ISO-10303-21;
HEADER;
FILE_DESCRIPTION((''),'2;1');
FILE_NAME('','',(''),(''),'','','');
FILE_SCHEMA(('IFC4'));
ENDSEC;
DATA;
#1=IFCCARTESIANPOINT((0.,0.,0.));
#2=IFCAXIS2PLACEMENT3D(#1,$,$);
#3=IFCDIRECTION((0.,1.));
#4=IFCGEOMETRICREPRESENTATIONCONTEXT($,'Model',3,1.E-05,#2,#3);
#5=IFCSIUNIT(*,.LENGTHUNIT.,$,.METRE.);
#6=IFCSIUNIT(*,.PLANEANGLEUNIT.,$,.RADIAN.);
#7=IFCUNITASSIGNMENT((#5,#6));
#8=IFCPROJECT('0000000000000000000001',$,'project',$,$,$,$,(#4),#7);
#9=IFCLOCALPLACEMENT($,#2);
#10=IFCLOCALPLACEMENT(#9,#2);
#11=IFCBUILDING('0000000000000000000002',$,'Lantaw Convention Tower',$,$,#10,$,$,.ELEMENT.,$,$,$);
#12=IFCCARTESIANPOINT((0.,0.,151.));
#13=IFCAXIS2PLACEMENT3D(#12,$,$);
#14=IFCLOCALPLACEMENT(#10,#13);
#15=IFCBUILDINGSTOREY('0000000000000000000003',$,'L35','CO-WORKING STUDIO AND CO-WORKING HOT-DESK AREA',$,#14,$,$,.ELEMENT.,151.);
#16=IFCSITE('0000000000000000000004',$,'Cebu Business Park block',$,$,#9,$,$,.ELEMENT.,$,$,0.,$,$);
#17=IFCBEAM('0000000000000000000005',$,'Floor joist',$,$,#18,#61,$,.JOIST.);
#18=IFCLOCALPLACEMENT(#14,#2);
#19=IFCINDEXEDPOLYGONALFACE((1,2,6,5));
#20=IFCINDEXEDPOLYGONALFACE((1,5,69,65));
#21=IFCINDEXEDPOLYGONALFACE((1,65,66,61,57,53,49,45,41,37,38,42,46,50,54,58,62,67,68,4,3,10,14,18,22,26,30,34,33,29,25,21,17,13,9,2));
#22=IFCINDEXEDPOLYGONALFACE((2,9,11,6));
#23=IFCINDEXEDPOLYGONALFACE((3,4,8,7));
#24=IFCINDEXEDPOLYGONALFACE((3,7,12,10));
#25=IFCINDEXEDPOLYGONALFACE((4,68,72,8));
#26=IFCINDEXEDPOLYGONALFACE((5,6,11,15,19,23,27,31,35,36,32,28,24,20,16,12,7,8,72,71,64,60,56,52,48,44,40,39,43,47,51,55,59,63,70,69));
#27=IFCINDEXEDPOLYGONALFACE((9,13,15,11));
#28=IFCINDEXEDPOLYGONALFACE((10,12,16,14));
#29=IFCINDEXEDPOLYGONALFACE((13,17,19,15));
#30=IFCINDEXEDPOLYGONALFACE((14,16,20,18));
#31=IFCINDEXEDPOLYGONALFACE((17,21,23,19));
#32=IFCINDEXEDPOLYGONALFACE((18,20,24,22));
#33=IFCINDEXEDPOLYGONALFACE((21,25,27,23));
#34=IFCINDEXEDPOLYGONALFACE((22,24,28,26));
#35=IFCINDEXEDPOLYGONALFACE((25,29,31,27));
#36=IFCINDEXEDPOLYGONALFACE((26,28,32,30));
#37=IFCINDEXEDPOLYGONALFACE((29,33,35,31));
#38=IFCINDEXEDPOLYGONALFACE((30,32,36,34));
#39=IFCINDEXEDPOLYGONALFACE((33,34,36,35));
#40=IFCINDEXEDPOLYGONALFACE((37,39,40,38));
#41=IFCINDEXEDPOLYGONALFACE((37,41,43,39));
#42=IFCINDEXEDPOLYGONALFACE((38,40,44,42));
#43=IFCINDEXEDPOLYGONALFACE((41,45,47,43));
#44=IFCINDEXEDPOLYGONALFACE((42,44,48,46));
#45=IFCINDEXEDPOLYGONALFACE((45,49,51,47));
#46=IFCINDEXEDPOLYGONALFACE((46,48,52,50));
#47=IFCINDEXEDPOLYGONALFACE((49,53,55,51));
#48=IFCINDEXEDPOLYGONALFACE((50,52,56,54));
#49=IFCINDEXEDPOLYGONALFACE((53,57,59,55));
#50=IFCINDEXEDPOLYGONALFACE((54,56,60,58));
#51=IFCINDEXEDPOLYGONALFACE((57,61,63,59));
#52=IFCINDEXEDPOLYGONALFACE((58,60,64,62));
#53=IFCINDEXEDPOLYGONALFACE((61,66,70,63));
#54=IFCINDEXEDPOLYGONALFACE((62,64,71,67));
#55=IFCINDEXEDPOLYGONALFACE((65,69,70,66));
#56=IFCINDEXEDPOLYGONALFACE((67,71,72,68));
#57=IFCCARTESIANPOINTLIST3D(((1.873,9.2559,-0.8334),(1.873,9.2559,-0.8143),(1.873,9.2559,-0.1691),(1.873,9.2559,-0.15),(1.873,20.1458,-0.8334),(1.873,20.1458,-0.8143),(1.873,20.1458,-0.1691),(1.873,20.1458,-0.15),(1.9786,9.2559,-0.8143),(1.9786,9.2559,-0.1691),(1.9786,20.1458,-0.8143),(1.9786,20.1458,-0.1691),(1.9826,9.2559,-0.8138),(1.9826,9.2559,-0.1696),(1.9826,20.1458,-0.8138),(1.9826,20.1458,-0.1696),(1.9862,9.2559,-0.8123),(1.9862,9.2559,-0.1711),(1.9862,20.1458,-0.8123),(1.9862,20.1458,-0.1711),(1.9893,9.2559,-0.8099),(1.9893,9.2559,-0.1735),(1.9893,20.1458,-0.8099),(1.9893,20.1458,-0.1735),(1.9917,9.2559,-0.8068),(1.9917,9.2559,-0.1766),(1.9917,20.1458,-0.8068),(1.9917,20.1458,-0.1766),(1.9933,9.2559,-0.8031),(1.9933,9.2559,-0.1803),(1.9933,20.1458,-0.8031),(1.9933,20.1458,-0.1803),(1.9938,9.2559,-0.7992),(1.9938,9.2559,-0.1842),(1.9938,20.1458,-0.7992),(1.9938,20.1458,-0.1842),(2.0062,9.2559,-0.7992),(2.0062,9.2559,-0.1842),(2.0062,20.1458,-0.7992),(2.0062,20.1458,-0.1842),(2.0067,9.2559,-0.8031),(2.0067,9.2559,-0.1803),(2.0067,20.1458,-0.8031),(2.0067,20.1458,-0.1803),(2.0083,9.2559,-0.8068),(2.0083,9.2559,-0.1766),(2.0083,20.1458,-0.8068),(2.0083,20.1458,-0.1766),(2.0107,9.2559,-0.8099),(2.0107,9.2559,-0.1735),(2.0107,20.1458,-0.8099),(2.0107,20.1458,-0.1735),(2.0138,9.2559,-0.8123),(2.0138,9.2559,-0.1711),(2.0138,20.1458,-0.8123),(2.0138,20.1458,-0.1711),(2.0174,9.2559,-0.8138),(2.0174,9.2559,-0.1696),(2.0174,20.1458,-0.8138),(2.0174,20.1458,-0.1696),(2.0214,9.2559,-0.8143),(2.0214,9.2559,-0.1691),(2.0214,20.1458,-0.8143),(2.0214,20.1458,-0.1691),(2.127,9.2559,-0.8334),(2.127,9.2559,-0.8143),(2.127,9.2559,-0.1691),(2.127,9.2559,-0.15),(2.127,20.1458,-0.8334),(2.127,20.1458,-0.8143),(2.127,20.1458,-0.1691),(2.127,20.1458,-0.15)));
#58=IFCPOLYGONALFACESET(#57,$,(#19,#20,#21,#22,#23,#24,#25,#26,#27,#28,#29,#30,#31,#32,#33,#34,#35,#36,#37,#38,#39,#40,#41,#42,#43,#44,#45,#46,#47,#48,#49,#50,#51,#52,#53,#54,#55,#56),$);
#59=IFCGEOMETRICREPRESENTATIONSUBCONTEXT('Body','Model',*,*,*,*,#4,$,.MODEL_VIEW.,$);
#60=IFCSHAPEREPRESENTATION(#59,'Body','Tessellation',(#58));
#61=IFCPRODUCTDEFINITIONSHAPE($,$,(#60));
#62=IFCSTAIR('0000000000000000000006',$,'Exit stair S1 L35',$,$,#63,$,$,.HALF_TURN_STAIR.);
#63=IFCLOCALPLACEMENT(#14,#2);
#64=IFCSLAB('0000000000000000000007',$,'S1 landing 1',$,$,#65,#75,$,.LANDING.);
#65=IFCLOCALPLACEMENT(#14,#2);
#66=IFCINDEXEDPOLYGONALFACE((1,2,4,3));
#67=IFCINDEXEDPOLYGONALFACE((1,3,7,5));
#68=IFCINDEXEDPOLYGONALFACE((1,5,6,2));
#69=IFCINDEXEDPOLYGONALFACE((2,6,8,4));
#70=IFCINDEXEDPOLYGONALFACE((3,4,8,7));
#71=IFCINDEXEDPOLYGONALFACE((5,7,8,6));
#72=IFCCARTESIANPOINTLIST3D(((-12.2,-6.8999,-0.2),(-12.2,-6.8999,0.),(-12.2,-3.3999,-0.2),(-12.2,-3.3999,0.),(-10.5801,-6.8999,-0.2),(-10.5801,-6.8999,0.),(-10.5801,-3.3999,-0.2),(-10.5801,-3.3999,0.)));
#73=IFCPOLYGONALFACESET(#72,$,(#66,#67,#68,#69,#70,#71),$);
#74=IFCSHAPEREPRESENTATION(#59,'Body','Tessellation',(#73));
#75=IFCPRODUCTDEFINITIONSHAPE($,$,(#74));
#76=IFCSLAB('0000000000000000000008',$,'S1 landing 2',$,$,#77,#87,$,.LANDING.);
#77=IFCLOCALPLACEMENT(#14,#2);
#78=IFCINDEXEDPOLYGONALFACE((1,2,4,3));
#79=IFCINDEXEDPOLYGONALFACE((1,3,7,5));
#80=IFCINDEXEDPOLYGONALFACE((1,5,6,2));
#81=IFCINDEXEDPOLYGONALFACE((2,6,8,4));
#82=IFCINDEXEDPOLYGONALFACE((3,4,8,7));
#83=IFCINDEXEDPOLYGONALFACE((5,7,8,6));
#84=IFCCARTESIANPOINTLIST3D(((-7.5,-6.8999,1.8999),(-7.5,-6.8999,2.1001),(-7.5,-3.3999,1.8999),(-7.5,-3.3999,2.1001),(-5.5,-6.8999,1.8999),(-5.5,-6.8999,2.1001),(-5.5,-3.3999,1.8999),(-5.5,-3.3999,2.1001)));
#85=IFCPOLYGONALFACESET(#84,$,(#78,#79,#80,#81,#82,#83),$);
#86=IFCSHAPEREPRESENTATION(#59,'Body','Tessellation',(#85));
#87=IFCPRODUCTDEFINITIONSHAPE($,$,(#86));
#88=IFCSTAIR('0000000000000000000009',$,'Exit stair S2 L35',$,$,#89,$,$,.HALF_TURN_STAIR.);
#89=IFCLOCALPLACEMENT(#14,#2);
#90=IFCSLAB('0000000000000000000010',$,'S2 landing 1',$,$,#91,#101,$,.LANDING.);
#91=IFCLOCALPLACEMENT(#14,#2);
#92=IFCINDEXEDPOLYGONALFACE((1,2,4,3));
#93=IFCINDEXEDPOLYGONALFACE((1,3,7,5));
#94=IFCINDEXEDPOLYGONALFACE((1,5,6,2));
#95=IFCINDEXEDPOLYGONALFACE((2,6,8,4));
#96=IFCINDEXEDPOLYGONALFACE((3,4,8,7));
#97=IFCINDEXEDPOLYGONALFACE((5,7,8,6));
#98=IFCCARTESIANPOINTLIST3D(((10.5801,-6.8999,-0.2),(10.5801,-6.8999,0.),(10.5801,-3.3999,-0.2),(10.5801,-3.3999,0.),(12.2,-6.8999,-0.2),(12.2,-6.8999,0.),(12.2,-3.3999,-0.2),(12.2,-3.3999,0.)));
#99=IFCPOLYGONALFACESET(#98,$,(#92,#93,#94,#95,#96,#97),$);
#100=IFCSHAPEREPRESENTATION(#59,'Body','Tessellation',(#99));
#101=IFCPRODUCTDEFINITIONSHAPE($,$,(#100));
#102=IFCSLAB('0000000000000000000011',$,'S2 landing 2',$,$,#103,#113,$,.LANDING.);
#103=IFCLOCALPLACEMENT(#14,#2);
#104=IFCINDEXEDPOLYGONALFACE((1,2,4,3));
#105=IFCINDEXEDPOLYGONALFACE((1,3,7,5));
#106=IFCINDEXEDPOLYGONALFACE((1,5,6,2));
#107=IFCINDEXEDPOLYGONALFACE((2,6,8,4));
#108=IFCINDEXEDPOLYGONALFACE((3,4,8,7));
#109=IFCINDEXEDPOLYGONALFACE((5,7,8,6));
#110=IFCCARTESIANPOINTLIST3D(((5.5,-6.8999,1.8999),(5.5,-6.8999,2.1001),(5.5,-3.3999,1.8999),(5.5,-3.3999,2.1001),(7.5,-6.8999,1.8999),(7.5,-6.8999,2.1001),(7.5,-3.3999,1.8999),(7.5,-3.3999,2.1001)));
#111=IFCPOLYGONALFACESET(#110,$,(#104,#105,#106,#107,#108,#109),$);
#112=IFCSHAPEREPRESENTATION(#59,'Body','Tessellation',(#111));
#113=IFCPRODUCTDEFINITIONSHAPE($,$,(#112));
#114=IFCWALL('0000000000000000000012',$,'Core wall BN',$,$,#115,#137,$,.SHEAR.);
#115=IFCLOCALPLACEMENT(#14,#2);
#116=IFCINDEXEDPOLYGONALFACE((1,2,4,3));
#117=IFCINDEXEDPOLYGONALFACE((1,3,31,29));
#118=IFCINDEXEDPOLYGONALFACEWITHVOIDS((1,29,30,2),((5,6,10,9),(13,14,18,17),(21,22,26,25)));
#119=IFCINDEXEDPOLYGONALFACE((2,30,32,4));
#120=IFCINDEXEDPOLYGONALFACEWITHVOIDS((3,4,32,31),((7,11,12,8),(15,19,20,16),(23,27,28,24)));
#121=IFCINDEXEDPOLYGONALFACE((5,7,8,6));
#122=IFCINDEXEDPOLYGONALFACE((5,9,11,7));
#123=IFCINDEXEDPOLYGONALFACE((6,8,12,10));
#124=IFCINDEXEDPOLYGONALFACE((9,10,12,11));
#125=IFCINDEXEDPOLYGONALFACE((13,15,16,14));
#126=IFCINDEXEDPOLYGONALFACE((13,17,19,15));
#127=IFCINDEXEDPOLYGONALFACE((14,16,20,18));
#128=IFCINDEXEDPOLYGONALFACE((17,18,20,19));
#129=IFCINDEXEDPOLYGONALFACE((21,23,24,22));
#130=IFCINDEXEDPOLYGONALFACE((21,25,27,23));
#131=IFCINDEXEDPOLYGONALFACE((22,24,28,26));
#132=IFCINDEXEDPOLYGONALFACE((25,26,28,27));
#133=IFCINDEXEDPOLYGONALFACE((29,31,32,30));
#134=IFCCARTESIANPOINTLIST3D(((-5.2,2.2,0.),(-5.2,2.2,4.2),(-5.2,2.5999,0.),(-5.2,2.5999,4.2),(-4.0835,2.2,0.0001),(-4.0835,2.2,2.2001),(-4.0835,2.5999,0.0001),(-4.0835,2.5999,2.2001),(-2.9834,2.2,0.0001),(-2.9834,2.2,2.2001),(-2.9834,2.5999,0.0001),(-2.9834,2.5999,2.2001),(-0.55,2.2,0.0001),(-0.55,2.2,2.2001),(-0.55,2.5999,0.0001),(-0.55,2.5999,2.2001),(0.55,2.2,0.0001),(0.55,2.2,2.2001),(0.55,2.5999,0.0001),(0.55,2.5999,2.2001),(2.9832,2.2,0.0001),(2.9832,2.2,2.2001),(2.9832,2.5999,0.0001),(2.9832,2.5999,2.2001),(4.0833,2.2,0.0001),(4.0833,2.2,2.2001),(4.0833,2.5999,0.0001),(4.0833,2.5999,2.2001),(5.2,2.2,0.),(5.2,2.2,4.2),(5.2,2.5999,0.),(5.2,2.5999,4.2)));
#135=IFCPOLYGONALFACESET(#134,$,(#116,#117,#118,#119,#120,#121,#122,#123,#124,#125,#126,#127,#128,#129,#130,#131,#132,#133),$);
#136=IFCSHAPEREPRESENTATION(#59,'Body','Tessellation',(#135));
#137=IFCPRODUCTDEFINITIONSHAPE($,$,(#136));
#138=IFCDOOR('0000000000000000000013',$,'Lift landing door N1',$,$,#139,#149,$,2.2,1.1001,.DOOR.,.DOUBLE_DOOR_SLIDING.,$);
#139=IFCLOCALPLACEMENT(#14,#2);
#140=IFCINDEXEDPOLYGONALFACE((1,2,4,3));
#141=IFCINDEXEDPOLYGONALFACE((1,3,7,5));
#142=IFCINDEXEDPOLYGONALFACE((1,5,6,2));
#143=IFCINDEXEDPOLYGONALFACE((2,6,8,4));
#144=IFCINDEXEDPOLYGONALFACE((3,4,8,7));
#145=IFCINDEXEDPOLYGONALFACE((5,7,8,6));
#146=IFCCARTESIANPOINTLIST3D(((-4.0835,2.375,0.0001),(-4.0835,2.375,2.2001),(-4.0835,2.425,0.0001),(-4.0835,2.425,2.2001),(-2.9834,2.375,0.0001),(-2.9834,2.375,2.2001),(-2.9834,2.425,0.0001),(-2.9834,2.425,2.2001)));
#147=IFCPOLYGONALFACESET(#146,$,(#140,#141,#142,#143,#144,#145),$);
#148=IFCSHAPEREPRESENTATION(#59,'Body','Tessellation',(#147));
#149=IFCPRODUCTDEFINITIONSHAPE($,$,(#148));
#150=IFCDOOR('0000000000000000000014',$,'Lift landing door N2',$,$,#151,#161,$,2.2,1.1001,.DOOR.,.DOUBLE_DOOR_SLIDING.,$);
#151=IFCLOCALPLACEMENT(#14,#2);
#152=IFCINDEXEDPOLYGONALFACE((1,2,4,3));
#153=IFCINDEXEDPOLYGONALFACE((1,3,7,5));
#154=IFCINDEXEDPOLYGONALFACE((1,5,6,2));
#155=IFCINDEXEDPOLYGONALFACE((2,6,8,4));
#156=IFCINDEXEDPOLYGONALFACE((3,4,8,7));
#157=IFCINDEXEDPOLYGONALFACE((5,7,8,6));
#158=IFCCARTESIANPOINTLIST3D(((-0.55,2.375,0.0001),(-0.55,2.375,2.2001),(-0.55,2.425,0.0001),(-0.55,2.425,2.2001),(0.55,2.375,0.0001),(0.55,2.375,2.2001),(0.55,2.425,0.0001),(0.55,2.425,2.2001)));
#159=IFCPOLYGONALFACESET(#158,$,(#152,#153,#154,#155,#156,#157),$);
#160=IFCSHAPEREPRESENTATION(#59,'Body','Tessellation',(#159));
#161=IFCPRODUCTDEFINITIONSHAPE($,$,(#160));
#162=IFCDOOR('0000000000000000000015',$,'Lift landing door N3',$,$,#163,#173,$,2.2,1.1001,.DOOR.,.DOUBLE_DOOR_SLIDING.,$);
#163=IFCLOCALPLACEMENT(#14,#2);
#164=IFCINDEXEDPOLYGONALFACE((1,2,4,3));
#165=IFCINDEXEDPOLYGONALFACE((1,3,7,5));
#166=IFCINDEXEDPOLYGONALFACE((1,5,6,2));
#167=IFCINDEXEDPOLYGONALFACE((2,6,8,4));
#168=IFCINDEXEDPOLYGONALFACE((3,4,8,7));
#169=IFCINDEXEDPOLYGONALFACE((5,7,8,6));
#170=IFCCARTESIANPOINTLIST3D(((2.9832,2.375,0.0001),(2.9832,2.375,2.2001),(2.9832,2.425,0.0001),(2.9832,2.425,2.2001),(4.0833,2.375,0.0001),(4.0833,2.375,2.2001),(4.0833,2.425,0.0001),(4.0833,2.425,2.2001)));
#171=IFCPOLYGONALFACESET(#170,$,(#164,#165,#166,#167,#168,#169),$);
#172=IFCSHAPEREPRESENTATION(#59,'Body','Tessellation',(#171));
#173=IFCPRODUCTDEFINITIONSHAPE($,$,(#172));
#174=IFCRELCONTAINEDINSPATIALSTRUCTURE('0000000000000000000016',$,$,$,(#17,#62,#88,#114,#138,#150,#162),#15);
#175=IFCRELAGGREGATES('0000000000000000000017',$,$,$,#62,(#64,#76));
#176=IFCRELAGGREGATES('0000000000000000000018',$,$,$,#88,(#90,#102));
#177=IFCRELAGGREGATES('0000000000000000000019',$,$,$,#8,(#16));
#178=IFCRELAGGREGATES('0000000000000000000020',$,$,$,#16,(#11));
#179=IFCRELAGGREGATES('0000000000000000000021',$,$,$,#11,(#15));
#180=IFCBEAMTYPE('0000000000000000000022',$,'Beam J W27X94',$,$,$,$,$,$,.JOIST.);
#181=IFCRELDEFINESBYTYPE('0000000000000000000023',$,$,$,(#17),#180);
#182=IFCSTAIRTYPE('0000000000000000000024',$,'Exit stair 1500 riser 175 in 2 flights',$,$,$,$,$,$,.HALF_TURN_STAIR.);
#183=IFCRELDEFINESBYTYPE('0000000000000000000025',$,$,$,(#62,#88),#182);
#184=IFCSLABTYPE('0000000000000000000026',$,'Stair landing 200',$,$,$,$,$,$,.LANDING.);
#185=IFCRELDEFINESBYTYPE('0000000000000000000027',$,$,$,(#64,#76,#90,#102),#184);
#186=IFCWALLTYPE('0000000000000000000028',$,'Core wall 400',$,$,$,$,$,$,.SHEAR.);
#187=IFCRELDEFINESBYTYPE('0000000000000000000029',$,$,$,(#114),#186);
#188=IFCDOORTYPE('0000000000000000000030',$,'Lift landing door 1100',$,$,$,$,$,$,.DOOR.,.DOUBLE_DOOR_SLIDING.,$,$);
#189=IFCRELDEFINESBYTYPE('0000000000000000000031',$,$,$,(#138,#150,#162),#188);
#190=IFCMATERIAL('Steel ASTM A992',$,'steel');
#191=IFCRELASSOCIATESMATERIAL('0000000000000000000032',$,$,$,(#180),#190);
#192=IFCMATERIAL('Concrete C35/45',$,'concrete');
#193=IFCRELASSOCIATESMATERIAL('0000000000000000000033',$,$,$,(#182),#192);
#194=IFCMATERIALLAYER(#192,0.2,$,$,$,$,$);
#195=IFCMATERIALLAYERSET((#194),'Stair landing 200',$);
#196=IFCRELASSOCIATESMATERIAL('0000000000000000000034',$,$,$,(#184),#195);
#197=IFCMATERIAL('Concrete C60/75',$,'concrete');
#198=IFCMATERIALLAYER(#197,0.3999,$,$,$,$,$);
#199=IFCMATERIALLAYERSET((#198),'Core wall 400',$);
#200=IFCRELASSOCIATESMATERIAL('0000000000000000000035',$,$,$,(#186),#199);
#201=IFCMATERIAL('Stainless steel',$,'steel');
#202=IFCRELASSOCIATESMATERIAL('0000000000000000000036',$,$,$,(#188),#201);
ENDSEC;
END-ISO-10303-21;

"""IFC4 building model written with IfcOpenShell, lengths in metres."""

from ifc_helpers import new_model, si_unit, direction, frame, frame_2d, origin, origin_2d, place, context, subcontext, project, spatial, polyline, rectangle, i_section, outline, extrude, material, layer, layer_set, material_profile, profile_set, type_object, element, fill, aggregate, save


model = new_model("IFC4")

# Units and contexts
model_context = context("Model", 3, precision=1e-05, world=origin(), true_north=direction((0.0, 1.0)))
body_context = subcontext(model_context, "Body", "Model", "MODEL_VIEW")
ifc_project = project(units=[si_unit("LENGTHUNIT", "METRE"), si_unit("PLANEANGLEUNIT", "RADIAN")], contexts=[model_context])

# Site, building, storey
site_placement = place(None, origin())
site = spatial("IfcSite", under=ifc_project, at=site_placement, Name="Cebu Business Park block", CompositionType="ELEMENT", RefElevation=0.0)
building_placement = place(site_placement, origin())
building = spatial("IfcBuilding", under=site, at=building_placement, Name="Lantaw Convention Tower", CompositionType="ELEMENT")
storey_placement = place(building_placement, frame((0.0, 0.0, 151.0)))
storey = spatial("IfcBuildingStorey", under=building, at=storey_placement, Name="L35", Description="CO-WORKING STUDIO AND CO-WORKING HOT-DESK AREA", CompositionType="ELEMENT", Elevation=151.0)

# Beam
ifc_material_1 = material(Name="Steel ASTM A992", Category="steel")
ifc_material_profile_1 = material_profile(ifc_material_1, i_section(OverallWidth=0.2539, OverallDepth=0.6833, WebThickness=0.0125, FlangeThickness=0.019, FilletRadius=0.0151, at=origin_2d()), Name="W27X94")
ifc_profile_set_1 = profile_set([ifc_material_profile_1], Name="Steel ASTM A992")
beam_type_1 = type_object("IfcBeamType", Name="Beam J W27X94", PredefinedType="JOIST", material=ifc_profile_set_1)
beam_1_placement = place(storey_placement, frame((2.0, 9.2559, -0.4917), z_axis=(0.0, 1.0, 0.0), x_axis=(-1.0, 0.0, 0.0)))
element("IfcBeam", 1, at=beam_1_placement, inside=storey, type_object=beam_type_1, Name="Floor joist", PredefinedType="JOIST", context=body_context, shape_type="SweptSolid", body=[
    extrude(i_section(OverallWidth=0.2539, OverallDepth=0.6833, WebThickness=0.0125, FlangeThickness=0.019, FilletRadius=0.0151, at=origin_2d()), origin(), (0.0, 0.0, 1.0), 10.8899),
])

# Stairs, slabs
ifc_material_2 = material(Name="Concrete C35/45", Category="concrete")
stair_type = type_object("IfcStairType", Name="Exit stair 1500 riser 175 in 2 flights", PredefinedType="HALF_TURN_STAIR", material=ifc_material_2)
stair_1_placement = place(storey_placement, origin())
stair_1 = element("IfcStair", 2, at=stair_1_placement, inside=storey, type_object=stair_type, Name="Exit stair S1 L35", PredefinedType="HALF_TURN_STAIR")
ifc_layer_1 = layer(ifc_material_2, 0.2)
ifc_layer_set_1 = layer_set([ifc_layer_1], Name="Stair landing 200")
slab_type = type_object("IfcSlabType", Name="Stair landing 200", PredefinedType="LANDING", material=ifc_layer_set_1)
slab_1_placement = place(storey_placement, frame((0.0, 0.0, -0.2)))
slab_1 = element("IfcSlab", 3, at=slab_1_placement, type_object=slab_type, Name="S1 landing 1", PredefinedType="LANDING", context=body_context, shape_type="SweptSolid", body=[
    extrude(outline(polyline([(-12.2, -6.8999), (-10.5801, -6.8999), (-10.5801, -3.3999), (-12.2, -3.3999), (-12.2, -6.8999)])), origin(), (0.0, 0.0, 1.0), 0.2),
])
slab_2_placement = place(storey_placement, frame((0.0, 0.0, 1.8999)))
slab_2 = element("IfcSlab", 4, at=slab_2_placement, type_object=slab_type, Name="S1 landing 2", PredefinedType="LANDING", context=body_context, shape_type="SweptSolid", body=[
    extrude(outline(polyline([(-7.5, -6.8999), (-5.5, -6.8999), (-5.5, -3.3999), (-7.5, -3.3999), (-7.5, -6.8999)])), origin(), (0.0, 0.0, 1.0), 0.2002),
])
aggregate(stair_1, [slab_1, slab_2])
stair_2_placement = place(storey_placement, origin())
stair_2 = element("IfcStair", 5, at=stair_2_placement, inside=storey, type_object=stair_type, Name="Exit stair S2 L35", PredefinedType="HALF_TURN_STAIR")
slab_3_placement = place(storey_placement, frame((0.0, 0.0, -0.2)))
slab_3 = element("IfcSlab", 6, at=slab_3_placement, type_object=slab_type, Name="S2 landing 1", PredefinedType="LANDING", context=body_context, shape_type="SweptSolid", body=[
    extrude(outline(polyline([(10.5801, -6.8999), (12.2, -6.8999), (12.2, -3.3999), (10.5801, -3.3999), (10.5801, -6.8999)])), origin(), (0.0, 0.0, 1.0), 0.2),
])
slab_4_placement = place(storey_placement, frame((0.0, 0.0, 1.8999)))
slab_4 = element("IfcSlab", 7, at=slab_4_placement, type_object=slab_type, Name="S2 landing 2", PredefinedType="LANDING", context=body_context, shape_type="SweptSolid", body=[
    extrude(outline(polyline([(5.5, -6.8999), (7.5, -6.8999), (7.5, -3.3999), (5.5, -3.3999), (5.5, -6.8999)])), origin(), (0.0, 0.0, 1.0), 0.2002),
])
aggregate(stair_2, [slab_3, slab_4])

# Wall, openings, doors
ifc_material_3 = material(Name="Concrete C60/75", Category="concrete")
ifc_layer_2 = layer(ifc_material_3, 0.3999)
ifc_layer_set_2 = layer_set([ifc_layer_2], Name="Core wall 400")
wall_type_1 = type_object("IfcWallType", Name="Core wall 400", PredefinedType="SHEAR", material=ifc_layer_set_2)
wall_1_placement = place(storey_placement, frame((5.2, 2.3999, 0.0), z_axis=(0.0, 0.0, 1.0), x_axis=(-1.0, 0.0, 0.0)))
wall_1 = element("IfcWall", 8, at=wall_1_placement, inside=storey, type_object=wall_type_1, Name="Core wall BN", PredefinedType="SHEAR", context=body_context, shape_type="SweptSolid", body=[
    extrude(rectangle(XDim=10.3999, YDim=0.3999, at=frame_2d((5.2, 0.0))), origin(), (0.0, 0.0, 1.0), 4.2),
])
opening_1_placement = place(wall_1_placement, frame((8.1833, 0.0, 0.0)))
opening_1 = element("IfcOpeningElement", 9, at=opening_1_placement, cuts=wall_1, PredefinedType="OPENING", context=body_context, shape_type="SweptSolid", body=[
    extrude(rectangle(XDim=1.1001, YDim=2.2, at=frame_2d((0.55, 1.1001))), frame((0.0, 0.21, 0.0), z_axis=(0.0, -1.0, 0.0), x_axis=(1.0, 0.0, 0.0)), (0.0, 0.0, 1.0), 0.4199),
])
opening_2_placement = place(wall_1_placement, frame((4.6499, 0.0, 0.0)))
opening_2 = element("IfcOpeningElement", 10, at=opening_2_placement, cuts=wall_1, PredefinedType="OPENING", context=body_context, shape_type="SweptSolid", body=[
    extrude(rectangle(XDim=1.1001, YDim=2.2, at=frame_2d((0.55, 1.1001))), frame((0.0, 0.21, 0.0), z_axis=(0.0, -1.0, 0.0), x_axis=(1.0, 0.0, 0.0)), (0.0, 0.0, 1.0), 0.4199),
])
opening_3_placement = place(wall_1_placement, frame((1.1167, 0.0, 0.0)))
opening_3 = element("IfcOpeningElement", 11, at=opening_3_placement, cuts=wall_1, PredefinedType="OPENING", context=body_context, shape_type="SweptSolid", body=[
    extrude(rectangle(XDim=1.1001, YDim=2.2, at=frame_2d((0.55, 1.1001))), frame((0.0, 0.21, 0.0), z_axis=(0.0, -1.0, 0.0), x_axis=(1.0, 0.0, 0.0)), (0.0, 0.0, 1.0), 0.4199),
])
ifc_material_4 = material(Name="Stainless steel", Category="steel")
door_type = type_object("IfcDoorType", Name="Lift landing door 1100", OperationType="DOUBLE_DOOR_SLIDING", PredefinedType="DOOR", material=ifc_material_4)
door_1_placement = place(opening_1_placement, origin())
door_1 = element("IfcDoor", 12, at=door_1_placement, inside=storey, type_object=door_type, Name="Lift landing door N1", OperationType="DOUBLE_DOOR_SLIDING", OverallHeight=2.2, OverallWidth=1.1001, PredefinedType="DOOR", context=body_context, shape_type="SweptSolid", body=[
    extrude(rectangle(XDim=1.1001, YDim=2.2, at=frame_2d((0.55, 1.1001))), frame((0.0, 0.0249, 0.0), z_axis=(0.0, -1.0, 0.0), x_axis=(1.0, 0.0, 0.0)), (0.0, 0.0, 1.0), 0.05),
])
fill(opening_1, door_1)
door_2_placement = place(opening_2_placement, origin())
door_2 = element("IfcDoor", 13, at=door_2_placement, inside=storey, type_object=door_type, Name="Lift landing door N2", OperationType="DOUBLE_DOOR_SLIDING", OverallHeight=2.2, OverallWidth=1.1001, PredefinedType="DOOR", context=body_context, shape_type="SweptSolid", body=[
    extrude(rectangle(XDim=1.1001, YDim=2.2, at=frame_2d((0.55, 1.1001))), frame((0.0, 0.0249, 0.0), z_axis=(0.0, -1.0, 0.0), x_axis=(1.0, 0.0, 0.0)), (0.0, 0.0, 1.0), 0.05),
])
fill(opening_2, door_2)
door_3_placement = place(opening_3_placement, origin())
door_3 = element("IfcDoor", 14, at=door_3_placement, inside=storey, type_object=door_type, Name="Lift landing door N3", OperationType="DOUBLE_DOOR_SLIDING", OverallHeight=2.2, OverallWidth=1.1001, PredefinedType="DOOR", context=body_context, shape_type="SweptSolid", body=[
    extrude(rectangle(XDim=1.1001, YDim=2.2, at=frame_2d((0.55, 1.1001))), frame((0.0, 0.0249, 0.0), z_axis=(0.0, -1.0, 0.0), x_axis=(1.0, 0.0, 0.0)), (0.0, 0.0, 1.0), 0.05),
])
fill(opening_3, door_3)

save(model, "model.ifc")
